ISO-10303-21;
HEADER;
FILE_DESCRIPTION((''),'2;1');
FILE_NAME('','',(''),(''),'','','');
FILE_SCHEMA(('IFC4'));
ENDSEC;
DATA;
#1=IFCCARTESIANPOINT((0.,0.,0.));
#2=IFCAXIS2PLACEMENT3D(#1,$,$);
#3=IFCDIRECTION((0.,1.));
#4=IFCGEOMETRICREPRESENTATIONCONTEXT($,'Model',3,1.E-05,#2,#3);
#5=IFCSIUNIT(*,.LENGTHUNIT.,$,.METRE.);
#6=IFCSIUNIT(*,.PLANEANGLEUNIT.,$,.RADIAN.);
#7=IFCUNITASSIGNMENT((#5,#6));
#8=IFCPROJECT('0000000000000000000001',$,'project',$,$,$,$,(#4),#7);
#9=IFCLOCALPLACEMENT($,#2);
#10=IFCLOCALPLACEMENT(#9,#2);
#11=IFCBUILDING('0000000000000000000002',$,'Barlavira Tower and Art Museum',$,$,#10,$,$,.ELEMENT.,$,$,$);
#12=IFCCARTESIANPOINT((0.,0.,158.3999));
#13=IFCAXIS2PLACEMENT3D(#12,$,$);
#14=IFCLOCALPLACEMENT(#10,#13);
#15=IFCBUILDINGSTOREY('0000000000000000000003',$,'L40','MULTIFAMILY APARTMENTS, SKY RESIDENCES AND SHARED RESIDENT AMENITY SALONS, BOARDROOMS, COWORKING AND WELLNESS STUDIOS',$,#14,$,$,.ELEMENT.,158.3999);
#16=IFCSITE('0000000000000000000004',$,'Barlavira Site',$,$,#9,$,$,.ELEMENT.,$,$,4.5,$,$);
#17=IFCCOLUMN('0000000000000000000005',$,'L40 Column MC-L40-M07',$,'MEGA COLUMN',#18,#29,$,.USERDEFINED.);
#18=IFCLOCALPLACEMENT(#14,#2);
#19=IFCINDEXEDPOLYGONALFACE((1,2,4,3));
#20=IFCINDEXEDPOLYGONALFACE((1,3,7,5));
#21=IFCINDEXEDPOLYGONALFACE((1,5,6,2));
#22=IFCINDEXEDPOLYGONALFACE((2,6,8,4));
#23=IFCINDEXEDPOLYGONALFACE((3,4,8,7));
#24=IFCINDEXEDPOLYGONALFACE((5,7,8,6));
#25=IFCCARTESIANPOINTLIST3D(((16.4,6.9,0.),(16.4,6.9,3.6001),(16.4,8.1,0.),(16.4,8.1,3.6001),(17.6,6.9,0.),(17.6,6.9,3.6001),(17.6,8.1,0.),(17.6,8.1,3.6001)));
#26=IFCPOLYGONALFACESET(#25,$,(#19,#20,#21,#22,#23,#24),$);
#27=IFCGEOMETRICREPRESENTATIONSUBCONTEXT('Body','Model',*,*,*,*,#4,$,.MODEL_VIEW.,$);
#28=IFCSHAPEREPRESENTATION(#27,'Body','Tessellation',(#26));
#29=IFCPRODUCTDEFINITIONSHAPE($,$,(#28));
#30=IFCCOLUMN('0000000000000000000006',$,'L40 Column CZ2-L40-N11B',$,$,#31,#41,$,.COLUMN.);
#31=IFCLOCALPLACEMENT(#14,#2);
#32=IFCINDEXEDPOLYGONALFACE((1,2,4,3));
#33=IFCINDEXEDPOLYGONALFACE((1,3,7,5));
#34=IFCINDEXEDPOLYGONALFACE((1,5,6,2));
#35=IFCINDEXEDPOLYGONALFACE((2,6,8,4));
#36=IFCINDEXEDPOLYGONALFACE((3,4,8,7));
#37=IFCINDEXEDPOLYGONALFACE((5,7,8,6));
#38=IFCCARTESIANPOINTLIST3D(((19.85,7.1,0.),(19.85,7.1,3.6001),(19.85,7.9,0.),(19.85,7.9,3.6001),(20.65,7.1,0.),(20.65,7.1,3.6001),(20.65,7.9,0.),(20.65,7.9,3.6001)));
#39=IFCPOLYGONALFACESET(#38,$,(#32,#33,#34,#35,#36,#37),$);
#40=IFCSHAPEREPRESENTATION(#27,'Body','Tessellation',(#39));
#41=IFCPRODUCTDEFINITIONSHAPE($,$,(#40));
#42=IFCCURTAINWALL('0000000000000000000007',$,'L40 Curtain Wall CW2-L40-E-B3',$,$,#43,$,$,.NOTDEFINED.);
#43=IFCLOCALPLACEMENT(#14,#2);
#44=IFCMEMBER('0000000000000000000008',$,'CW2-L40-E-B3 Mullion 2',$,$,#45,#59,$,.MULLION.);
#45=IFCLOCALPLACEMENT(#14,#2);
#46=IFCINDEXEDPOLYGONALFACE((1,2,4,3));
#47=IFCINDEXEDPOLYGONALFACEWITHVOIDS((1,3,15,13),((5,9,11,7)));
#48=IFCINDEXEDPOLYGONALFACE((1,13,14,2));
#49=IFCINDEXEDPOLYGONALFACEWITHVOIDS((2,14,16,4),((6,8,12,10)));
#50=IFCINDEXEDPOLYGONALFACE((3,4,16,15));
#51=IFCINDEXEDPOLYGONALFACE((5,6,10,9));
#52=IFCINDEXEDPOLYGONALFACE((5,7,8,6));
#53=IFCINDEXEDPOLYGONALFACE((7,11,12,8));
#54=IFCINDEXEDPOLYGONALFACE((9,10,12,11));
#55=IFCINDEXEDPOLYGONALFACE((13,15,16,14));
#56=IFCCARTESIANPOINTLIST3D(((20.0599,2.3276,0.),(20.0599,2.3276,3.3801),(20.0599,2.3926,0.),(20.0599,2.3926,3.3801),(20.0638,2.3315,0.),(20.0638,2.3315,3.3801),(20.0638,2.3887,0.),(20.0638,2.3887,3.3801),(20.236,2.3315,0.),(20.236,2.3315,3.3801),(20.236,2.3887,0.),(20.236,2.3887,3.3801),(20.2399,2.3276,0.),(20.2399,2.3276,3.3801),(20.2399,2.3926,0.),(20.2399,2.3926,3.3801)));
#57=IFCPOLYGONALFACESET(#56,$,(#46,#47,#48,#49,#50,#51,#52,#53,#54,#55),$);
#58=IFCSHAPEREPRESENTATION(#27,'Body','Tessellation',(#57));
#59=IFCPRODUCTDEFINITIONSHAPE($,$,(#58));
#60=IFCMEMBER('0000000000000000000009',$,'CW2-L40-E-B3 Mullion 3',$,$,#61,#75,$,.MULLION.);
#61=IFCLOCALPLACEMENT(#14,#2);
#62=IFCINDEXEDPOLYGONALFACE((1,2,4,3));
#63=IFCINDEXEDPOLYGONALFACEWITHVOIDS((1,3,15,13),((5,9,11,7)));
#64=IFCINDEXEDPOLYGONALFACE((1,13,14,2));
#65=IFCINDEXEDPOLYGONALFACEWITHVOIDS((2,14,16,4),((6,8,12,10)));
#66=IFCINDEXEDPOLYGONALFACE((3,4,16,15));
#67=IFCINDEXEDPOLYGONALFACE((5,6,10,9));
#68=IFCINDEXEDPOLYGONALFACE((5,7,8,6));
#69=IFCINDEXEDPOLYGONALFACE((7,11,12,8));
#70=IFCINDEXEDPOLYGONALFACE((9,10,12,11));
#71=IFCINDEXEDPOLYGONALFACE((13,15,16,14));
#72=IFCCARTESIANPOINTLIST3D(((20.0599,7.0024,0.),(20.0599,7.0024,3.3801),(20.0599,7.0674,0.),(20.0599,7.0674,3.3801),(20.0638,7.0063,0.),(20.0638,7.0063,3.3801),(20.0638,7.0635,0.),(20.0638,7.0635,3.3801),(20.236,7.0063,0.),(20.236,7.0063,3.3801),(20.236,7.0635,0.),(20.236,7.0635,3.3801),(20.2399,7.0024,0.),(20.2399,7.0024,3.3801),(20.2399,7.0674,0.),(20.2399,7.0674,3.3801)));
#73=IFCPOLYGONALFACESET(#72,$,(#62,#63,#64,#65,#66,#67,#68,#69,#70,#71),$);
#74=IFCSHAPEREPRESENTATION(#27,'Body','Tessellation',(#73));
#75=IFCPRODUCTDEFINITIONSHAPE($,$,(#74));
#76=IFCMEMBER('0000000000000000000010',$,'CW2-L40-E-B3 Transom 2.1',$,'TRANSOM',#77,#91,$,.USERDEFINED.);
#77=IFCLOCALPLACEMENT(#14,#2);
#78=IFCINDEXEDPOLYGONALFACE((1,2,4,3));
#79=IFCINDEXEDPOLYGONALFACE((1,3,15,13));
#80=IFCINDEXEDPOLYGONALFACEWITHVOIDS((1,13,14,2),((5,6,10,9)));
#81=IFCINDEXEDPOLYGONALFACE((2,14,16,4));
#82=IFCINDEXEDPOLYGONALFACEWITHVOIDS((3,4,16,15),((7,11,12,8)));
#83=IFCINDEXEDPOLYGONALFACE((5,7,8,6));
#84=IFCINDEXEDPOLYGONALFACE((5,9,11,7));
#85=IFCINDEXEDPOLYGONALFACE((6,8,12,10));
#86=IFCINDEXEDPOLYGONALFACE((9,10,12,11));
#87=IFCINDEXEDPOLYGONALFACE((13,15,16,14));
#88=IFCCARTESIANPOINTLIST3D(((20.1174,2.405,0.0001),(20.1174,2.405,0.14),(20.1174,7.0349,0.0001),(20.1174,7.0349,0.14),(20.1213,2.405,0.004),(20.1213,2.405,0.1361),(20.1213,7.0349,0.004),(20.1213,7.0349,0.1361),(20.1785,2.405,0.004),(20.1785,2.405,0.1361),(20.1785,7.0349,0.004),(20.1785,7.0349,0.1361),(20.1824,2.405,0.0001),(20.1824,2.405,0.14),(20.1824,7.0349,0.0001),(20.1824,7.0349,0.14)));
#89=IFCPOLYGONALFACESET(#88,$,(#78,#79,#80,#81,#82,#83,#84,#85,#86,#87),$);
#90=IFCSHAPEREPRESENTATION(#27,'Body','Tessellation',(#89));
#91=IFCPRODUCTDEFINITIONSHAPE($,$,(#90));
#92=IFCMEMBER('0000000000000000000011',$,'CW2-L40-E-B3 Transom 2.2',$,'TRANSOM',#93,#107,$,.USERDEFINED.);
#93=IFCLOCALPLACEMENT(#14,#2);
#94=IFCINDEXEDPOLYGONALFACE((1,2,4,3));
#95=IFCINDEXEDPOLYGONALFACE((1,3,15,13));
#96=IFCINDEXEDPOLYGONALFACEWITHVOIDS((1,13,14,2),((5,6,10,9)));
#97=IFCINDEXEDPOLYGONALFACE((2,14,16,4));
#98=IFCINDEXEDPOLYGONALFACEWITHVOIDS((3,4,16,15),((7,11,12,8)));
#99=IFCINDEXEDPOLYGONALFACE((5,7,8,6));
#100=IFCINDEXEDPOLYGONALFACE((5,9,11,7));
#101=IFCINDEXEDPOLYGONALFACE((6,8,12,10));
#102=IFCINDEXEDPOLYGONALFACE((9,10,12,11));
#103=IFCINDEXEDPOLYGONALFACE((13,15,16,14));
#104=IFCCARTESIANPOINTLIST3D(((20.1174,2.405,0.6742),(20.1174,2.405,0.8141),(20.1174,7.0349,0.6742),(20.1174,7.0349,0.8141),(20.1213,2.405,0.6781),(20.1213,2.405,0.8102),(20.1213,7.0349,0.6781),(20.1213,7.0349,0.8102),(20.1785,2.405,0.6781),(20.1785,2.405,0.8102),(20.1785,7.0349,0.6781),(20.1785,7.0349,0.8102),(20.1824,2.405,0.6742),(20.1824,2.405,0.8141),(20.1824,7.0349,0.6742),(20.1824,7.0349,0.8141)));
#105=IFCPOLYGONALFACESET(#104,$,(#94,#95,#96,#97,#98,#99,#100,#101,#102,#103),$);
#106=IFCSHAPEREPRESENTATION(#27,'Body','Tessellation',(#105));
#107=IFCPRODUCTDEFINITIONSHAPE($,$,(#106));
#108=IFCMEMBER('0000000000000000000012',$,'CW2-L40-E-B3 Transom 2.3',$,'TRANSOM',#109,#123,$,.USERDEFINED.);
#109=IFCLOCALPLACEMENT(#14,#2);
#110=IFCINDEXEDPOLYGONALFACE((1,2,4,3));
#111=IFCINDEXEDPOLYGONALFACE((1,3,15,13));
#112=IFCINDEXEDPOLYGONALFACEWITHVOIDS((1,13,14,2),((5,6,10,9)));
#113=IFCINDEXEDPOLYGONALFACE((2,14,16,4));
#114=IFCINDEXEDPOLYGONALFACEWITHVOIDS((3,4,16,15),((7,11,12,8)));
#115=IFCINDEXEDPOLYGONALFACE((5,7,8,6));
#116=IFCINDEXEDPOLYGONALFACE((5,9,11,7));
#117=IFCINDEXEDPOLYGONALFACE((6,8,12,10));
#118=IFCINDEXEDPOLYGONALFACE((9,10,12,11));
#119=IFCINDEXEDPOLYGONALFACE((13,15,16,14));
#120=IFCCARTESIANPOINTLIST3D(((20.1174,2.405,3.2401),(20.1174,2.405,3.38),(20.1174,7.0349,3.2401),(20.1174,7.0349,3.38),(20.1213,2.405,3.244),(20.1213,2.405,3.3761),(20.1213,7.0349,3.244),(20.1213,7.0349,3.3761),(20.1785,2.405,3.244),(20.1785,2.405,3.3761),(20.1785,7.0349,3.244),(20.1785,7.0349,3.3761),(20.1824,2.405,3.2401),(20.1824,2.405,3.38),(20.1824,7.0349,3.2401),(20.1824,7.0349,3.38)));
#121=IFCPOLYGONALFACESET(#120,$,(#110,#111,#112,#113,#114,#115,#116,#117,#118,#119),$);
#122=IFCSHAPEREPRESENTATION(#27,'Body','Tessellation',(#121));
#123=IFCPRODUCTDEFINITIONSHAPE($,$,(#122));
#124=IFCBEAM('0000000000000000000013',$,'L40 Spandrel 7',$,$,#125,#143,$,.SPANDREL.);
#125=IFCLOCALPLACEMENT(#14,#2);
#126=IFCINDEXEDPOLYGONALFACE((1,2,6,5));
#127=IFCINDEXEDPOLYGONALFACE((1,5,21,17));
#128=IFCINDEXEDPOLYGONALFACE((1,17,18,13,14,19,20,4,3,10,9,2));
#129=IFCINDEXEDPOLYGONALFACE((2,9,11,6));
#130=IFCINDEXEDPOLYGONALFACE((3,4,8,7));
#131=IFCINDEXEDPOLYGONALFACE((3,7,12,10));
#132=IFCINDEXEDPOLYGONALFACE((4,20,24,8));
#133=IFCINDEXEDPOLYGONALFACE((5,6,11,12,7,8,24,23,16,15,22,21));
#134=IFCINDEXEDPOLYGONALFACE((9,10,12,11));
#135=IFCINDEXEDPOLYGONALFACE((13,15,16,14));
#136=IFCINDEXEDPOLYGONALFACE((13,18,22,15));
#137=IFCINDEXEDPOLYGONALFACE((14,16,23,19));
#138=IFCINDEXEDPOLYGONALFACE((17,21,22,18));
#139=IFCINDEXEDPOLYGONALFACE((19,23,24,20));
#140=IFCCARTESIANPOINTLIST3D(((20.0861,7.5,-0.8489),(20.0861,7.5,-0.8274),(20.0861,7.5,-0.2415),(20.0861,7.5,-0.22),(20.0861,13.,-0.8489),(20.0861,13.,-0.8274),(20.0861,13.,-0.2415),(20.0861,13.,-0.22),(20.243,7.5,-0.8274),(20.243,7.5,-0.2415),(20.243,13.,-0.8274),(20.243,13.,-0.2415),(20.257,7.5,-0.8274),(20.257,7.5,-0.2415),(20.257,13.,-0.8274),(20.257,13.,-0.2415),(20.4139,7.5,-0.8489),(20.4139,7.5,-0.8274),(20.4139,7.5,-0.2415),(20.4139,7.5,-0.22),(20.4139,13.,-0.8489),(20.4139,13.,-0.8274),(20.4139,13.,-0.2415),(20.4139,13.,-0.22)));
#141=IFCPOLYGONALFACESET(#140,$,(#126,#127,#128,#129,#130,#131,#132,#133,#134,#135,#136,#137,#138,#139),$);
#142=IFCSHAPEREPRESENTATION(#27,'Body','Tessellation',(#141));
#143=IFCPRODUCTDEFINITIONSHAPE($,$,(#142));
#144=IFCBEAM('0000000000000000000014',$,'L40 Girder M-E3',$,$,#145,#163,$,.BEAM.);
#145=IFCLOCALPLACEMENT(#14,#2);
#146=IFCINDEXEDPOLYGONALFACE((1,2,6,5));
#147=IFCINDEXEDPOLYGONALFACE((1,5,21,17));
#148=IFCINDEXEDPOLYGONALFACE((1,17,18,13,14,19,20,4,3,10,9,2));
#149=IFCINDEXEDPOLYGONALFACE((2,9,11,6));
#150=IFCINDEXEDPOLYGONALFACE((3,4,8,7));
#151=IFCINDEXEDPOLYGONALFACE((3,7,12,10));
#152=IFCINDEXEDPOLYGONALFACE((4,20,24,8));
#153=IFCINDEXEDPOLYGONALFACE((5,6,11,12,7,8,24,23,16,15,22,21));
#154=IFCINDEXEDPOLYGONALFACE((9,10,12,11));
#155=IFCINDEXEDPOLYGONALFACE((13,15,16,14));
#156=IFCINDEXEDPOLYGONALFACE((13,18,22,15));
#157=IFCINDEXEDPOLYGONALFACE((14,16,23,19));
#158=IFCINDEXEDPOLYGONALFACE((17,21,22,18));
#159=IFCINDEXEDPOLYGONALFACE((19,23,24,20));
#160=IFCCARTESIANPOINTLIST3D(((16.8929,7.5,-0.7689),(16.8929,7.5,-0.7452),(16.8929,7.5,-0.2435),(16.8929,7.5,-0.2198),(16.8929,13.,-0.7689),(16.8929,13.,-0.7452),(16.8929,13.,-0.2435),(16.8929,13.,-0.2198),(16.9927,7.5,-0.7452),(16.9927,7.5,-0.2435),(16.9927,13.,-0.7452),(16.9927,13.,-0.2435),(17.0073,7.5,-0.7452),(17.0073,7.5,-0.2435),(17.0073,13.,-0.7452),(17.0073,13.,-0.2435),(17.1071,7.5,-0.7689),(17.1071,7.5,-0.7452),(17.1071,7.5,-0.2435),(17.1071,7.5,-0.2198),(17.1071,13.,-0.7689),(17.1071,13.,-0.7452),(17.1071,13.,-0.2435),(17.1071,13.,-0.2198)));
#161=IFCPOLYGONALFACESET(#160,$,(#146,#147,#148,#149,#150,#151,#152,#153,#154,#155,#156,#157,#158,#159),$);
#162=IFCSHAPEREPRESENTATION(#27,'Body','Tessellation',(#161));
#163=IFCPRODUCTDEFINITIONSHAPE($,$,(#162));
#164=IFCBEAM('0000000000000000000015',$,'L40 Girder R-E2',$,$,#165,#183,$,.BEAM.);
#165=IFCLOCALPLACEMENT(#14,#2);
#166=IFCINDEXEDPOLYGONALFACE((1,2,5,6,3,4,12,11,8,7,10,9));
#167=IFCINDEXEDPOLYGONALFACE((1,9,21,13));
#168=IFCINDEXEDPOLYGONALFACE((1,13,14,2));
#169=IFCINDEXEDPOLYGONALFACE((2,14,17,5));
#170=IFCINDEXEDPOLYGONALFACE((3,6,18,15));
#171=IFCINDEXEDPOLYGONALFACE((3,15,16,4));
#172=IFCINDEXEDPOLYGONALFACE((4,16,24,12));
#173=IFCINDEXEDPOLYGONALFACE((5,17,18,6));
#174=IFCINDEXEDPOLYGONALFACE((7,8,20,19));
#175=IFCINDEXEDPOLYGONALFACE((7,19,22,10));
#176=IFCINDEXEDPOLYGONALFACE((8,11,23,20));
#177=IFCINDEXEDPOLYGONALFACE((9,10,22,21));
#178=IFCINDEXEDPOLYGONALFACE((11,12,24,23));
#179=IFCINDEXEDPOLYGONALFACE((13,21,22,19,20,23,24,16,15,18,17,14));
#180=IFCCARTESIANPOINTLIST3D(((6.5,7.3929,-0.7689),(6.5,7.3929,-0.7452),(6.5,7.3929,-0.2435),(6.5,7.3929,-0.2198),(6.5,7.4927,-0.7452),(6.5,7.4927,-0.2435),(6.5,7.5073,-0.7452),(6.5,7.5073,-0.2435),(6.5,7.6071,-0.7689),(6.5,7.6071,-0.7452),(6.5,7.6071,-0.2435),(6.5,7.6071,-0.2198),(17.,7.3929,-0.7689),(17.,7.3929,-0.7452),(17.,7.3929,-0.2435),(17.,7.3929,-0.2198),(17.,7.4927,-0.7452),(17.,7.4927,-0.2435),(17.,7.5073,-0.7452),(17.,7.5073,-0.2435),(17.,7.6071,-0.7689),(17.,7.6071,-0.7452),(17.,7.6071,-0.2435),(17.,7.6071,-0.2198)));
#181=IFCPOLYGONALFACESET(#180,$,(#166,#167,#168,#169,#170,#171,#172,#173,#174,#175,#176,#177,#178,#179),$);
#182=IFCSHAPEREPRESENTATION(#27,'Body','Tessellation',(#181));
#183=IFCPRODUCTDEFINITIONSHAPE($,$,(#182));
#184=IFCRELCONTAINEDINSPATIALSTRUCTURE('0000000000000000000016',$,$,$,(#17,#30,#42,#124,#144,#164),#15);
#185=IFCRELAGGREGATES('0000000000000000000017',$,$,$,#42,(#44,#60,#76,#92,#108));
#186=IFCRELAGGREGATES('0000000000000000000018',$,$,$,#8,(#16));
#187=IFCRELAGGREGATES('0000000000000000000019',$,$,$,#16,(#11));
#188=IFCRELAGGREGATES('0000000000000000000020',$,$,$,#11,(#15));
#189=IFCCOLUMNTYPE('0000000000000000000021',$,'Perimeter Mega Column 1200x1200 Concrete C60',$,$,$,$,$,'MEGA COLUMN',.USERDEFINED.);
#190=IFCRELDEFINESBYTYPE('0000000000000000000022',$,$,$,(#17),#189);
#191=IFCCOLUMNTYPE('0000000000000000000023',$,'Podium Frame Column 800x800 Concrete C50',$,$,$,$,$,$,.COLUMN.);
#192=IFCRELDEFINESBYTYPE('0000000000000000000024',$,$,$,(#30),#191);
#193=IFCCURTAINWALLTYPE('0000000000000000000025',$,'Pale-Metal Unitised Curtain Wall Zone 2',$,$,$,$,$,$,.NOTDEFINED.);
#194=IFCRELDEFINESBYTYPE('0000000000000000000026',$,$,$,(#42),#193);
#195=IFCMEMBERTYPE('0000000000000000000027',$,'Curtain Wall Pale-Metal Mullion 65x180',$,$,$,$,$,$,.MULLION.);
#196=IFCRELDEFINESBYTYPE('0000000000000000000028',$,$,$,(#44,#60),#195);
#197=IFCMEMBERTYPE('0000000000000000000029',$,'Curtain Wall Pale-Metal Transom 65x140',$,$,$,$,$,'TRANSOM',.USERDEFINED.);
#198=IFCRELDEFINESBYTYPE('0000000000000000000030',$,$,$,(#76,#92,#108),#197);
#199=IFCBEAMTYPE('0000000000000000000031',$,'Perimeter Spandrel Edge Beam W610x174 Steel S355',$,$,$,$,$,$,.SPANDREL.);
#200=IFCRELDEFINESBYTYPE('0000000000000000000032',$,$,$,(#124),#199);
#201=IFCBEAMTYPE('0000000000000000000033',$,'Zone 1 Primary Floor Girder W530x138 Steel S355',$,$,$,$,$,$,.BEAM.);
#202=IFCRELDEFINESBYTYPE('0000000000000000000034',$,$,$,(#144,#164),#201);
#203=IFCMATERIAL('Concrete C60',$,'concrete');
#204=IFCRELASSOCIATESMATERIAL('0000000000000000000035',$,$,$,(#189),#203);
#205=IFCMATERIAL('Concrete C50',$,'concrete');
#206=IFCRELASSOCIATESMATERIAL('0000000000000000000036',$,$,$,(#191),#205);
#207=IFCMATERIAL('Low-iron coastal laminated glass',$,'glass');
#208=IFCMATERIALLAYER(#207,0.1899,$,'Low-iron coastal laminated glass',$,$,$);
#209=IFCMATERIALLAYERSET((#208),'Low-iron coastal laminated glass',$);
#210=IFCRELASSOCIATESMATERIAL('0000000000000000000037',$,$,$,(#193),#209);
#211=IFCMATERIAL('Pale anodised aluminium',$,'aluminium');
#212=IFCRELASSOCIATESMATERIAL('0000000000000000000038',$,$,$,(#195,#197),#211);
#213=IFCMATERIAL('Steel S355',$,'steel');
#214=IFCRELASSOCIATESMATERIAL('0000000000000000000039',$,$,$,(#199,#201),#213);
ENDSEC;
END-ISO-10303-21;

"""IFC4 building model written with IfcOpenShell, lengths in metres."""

from ifc_helpers import new_model, si_unit, direction, frame, origin, origin_2d, place, context, subcontext, project, spatial, rectangle, hollow_rectangle, i_section, extrude, material, layer, layer_set, material_profile, profile_set, type_object, element, aggregate, save


model = new_model("IFC4")

# Units and contexts
model_context = context("Model", 3, precision=1e-05, world=origin(), true_north=direction((0.0, 1.0)))
body_context = subcontext(model_context, "Body", "Model", "MODEL_VIEW")
ifc_project = project(units=[si_unit("LENGTHUNIT", "METRE"), si_unit("PLANEANGLEUNIT", "RADIAN")], contexts=[model_context])

# Site, building, storey
site_placement = place(None, origin())
site = spatial("IfcSite", under=ifc_project, at=site_placement, Name="Barlavira Site", CompositionType="ELEMENT", RefElevation=4.5)
building_placement = place(site_placement, origin())
building = spatial("IfcBuilding", under=site, at=building_placement, Name="Barlavira Tower and Art Museum", CompositionType="ELEMENT")
storey_placement = place(building_placement, frame((0.0, 0.0, 158.3999)))
storey = spatial("IfcBuildingStorey", under=building, at=storey_placement, Name="L40", Description="MULTIFAMILY APARTMENTS, SKY RESIDENCES AND SHARED RESIDENT AMENITY SALONS, BOARDROOMS, COWORKING AND WELLNESS STUDIOS", CompositionType="ELEMENT", Elevation=158.3999)

# Columns
ifc_material_1 = material(Name="Concrete C60", Category="concrete")
ifc_material_profile_1 = material_profile(ifc_material_1, rectangle(XDim=1.2, YDim=1.2, at=origin_2d()), Name="RC-COL 1200x1200")
ifc_profile_set_1 = profile_set([ifc_material_profile_1], Name="Concrete C60")
column_type_1 = type_object("IfcColumnType", Name="Perimeter Mega Column 1200x1200 Concrete C60", ElementType="MEGA COLUMN", PredefinedType="USERDEFINED", material=ifc_profile_set_1)
column_1_placement = place(storey_placement, frame((17.0, 7.5, 0.0), z_axis=(0.0, 0.0, 1.0), x_axis=(1.0, 0.0, 0.0)))
element("IfcColumn", 1, at=column_1_placement, inside=storey, type_object=column_type_1, Name="L40 Column MC-L40-M07", ObjectType="MEGA COLUMN", PredefinedType="USERDEFINED", context=body_context, shape_type="SweptSolid", body=[
    extrude(rectangle(XDim=1.2, YDim=1.2, at=origin_2d()), origin(), (0.0, 0.0, 1.0), 3.6001),
])
ifc_material_2 = material(Name="Concrete C50", Category="concrete")
ifc_material_profile_2 = material_profile(ifc_material_2, rectangle(XDim=0.8, YDim=0.8, at=origin_2d()), Name="RC-COL 800x800")
ifc_profile_set_2 = profile_set([ifc_material_profile_2], Name="Concrete C50")
column_type_2 = type_object("IfcColumnType", Name="Podium Frame Column 800x800 Concrete C50", PredefinedType="COLUMN", material=ifc_profile_set_2)
column_2_placement = place(storey_placement, frame((20.25, 7.5, 0.0), z_axis=(0.0, 0.0, 1.0), x_axis=(1.0, 0.0, 0.0)))
element("IfcColumn", 2, at=column_2_placement, inside=storey, type_object=column_type_2, Name="L40 Column CZ2-L40-N11B", PredefinedType="COLUMN", context=body_context, shape_type="SweptSolid", body=[
    extrude(rectangle(XDim=0.8, YDim=0.8, at=origin_2d()), origin(), (0.0, 0.0, 1.0), 3.6001),
])

# Curtain wall, members
ifc_material_3 = material(Name="Low-iron coastal laminated glass", Category="glass")
ifc_layer_1 = layer(ifc_material_3, 0.1899, Name="Low-iron coastal laminated glass")
ifc_layer_set_1 = layer_set([ifc_layer_1], Name="Low-iron coastal laminated glass")
curtain_wall_type = type_object("IfcCurtainWallType", Name="Pale-Metal Unitised Curtain Wall Zone 2", PredefinedType="NOTDEFINED", material=ifc_layer_set_1)
curtain_wall_placement = place(storey_placement, origin())
curtain_wall = element("IfcCurtainWall", 3, at=curtain_wall_placement, inside=storey, type_object=curtain_wall_type, Name="L40 Curtain Wall CW2-L40-E-B3", PredefinedType="NOTDEFINED")
ifc_material_4 = material(Name="Pale anodised aluminium", Category="aluminium")
ifc_material_profile_3 = material_profile(ifc_material_4, hollow_rectangle(XDim=0.0649, YDim=0.1799, WallThickness=0.0039, at=origin_2d()), Name="ALU-MULL 65x180x4")
ifc_profile_set_3 = profile_set([ifc_material_profile_3], Name="Pale anodised aluminium")
member_type_1 = type_object("IfcMemberType", Name="Curtain Wall Pale-Metal Mullion 65x180", PredefinedType="MULLION", material=ifc_profile_set_3)
member_1_placement = place(storey_placement, frame((20.1499, 2.3601, 0.0), z_axis=(0.0, 0.0, 1.0), x_axis=(0.0, 1.0, 0.0)))
member_1 = element("IfcMember", 4, at=member_1_placement, type_object=member_type_1, Name="CW2-L40-E-B3 Mullion 2", PredefinedType="MULLION", context=body_context, shape_type="SweptSolid", body=[
    extrude(hollow_rectangle(XDim=0.0649, YDim=0.1799, WallThickness=0.0039, at=origin_2d()), origin(), (0.0, 0.0, 1.0), 3.3801),
])
member_2_placement = place(storey_placement, frame((20.1499, 7.0349, 0.0), z_axis=(0.0, 0.0, 1.0), x_axis=(0.0, 1.0, 0.0)))
member_2 = element("IfcMember", 5, at=member_2_placement, type_object=member_type_1, Name="CW2-L40-E-B3 Mullion 3", PredefinedType="MULLION", context=body_context, shape_type="SweptSolid", body=[
    extrude(hollow_rectangle(XDim=0.0649, YDim=0.1799, WallThickness=0.0039, at=origin_2d()), origin(), (0.0, 0.0, 1.0), 3.3801),
])
ifc_material_profile_4 = material_profile(ifc_material_4, hollow_rectangle(XDim=0.0649, YDim=0.1399, WallThickness=0.0039, at=origin_2d()), Name="ALU-TRAN 65x140x4")
ifc_profile_set_4 = profile_set([ifc_material_profile_4], Name="Pale anodised aluminium")
member_type_2 = type_object("IfcMemberType", Name="Curtain Wall Pale-Metal Transom 65x140", ElementType="TRANSOM", PredefinedType="USERDEFINED", material=ifc_profile_set_4)
member_3_placement = place(storey_placement, frame((20.1499, 2.405, 0.0701), z_axis=(0.0, 1.0, 0.0), x_axis=(-1.0, 0.0, 0.0)))
member_3 = element("IfcMember", 6, at=member_3_placement, type_object=member_type_2, Name="CW2-L40-E-B3 Transom 2.1", ObjectType="TRANSOM", PredefinedType="USERDEFINED", context=body_context, shape_type="SweptSolid", body=[
    extrude(hollow_rectangle(XDim=0.0649, YDim=0.1399, WallThickness=0.0039, at=origin_2d()), origin(), (0.0, 0.0, 1.0), 4.6299),
])
member_4_placement = place(storey_placement, frame((20.1499, 2.405, 0.7441), z_axis=(0.0, 1.0, 0.0), x_axis=(-1.0, 0.0, 0.0)))
member_4 = element("IfcMember", 7, at=member_4_placement, type_object=member_type_2, Name="CW2-L40-E-B3 Transom 2.2", ObjectType="TRANSOM", PredefinedType="USERDEFINED", context=body_context, shape_type="SweptSolid", body=[
    extrude(hollow_rectangle(XDim=0.0649, YDim=0.1399, WallThickness=0.0039, at=origin_2d()), origin(), (0.0, 0.0, 1.0), 4.6299),
])
member_5_placement = place(storey_placement, frame((20.1499, 2.405, 3.3101), z_axis=(0.0, 1.0, 0.0), x_axis=(-1.0, 0.0, 0.0)))
member_5 = element("IfcMember", 8, at=member_5_placement, type_object=member_type_2, Name="CW2-L40-E-B3 Transom 2.3", ObjectType="TRANSOM", PredefinedType="USERDEFINED", context=body_context, shape_type="SweptSolid", body=[
    extrude(hollow_rectangle(XDim=0.0649, YDim=0.1399, WallThickness=0.0039, at=origin_2d()), origin(), (0.0, 0.0, 1.0), 4.6299),
])

# Beams
ifc_material_5 = material(Name="Steel S355", Category="steel")
ifc_material_profile_5 = material_profile(ifc_material_5, i_section(OverallWidth=0.3279, OverallDepth=0.6289, WebThickness=0.0139, FlangeThickness=0.0215, at=origin_2d()), Name="W610x174.0")
ifc_profile_set_5 = profile_set([ifc_material_profile_5], Name="Steel S355")
beam_type_1 = type_object("IfcBeamType", Name="Perimeter Spandrel Edge Beam W610x174 Steel S355", PredefinedType="SPANDREL", material=ifc_profile_set_5)
beam_1_placement = place(storey_placement, frame((20.25, 7.5, -0.5344), z_axis=(0.0, 1.0, 0.0), x_axis=(-1.0, 0.0, 0.0)))
element("IfcBeam", 9, at=beam_1_placement, inside=storey, type_object=beam_type_1, Name="L40 Spandrel 7", PredefinedType="SPANDREL", context=body_context, shape_type="SweptSolid", body=[
    extrude(i_section(OverallWidth=0.3279, OverallDepth=0.6289, WebThickness=0.0139, FlangeThickness=0.0215, at=origin_2d()), origin(), (0.0, 0.0, 1.0), 5.5),
])
ifc_material_profile_6 = material_profile(ifc_material_5, i_section(OverallWidth=0.2141, OverallDepth=0.5491, WebThickness=0.0146, FlangeThickness=0.0237, at=origin_2d()), Name="W530x138.0")
ifc_profile_set_6 = profile_set([ifc_material_profile_6], Name="Steel S355")
beam_type_2 = type_object("IfcBeamType", Name="Zone 1 Primary Floor Girder W530x138 Steel S355", PredefinedType="BEAM", material=ifc_profile_set_6)
beam_2_placement = place(storey_placement, frame((17.0, 7.5, -0.4944), z_axis=(0.0, 1.0, 0.0), x_axis=(-1.0, 0.0, 0.0)))
element("IfcBeam", 10, at=beam_2_placement, inside=storey, type_object=beam_type_2, Name="L40 Girder M-E3", PredefinedType="BEAM", context=body_context, shape_type="SweptSolid", body=[
    extrude(i_section(OverallWidth=0.2141, OverallDepth=0.5491, WebThickness=0.0146, FlangeThickness=0.0237, at=origin_2d()), origin(), (0.0, 0.0, 1.0), 5.5),
])
beam_3_placement = place(storey_placement, frame((6.5, 7.5, -0.4944), z_axis=(1.0, 0.0, 0.0), x_axis=(0.0, 1.0, 0.0)))
element("IfcBeam", 11, at=beam_3_placement, inside=storey, type_object=beam_type_2, Name="L40 Girder R-E2", PredefinedType="BEAM", context=body_context, shape_type="SweptSolid", body=[
    extrude(i_section(OverallWidth=0.2141, OverallDepth=0.5491, WebThickness=0.0146, FlangeThickness=0.0237, at=origin_2d()), origin(), (0.0, 0.0, 1.0), 10.5),
])

aggregate(curtain_wall, [member_1, member_2, member_3, member_4, member_5])

save(model, "model.ifc")
